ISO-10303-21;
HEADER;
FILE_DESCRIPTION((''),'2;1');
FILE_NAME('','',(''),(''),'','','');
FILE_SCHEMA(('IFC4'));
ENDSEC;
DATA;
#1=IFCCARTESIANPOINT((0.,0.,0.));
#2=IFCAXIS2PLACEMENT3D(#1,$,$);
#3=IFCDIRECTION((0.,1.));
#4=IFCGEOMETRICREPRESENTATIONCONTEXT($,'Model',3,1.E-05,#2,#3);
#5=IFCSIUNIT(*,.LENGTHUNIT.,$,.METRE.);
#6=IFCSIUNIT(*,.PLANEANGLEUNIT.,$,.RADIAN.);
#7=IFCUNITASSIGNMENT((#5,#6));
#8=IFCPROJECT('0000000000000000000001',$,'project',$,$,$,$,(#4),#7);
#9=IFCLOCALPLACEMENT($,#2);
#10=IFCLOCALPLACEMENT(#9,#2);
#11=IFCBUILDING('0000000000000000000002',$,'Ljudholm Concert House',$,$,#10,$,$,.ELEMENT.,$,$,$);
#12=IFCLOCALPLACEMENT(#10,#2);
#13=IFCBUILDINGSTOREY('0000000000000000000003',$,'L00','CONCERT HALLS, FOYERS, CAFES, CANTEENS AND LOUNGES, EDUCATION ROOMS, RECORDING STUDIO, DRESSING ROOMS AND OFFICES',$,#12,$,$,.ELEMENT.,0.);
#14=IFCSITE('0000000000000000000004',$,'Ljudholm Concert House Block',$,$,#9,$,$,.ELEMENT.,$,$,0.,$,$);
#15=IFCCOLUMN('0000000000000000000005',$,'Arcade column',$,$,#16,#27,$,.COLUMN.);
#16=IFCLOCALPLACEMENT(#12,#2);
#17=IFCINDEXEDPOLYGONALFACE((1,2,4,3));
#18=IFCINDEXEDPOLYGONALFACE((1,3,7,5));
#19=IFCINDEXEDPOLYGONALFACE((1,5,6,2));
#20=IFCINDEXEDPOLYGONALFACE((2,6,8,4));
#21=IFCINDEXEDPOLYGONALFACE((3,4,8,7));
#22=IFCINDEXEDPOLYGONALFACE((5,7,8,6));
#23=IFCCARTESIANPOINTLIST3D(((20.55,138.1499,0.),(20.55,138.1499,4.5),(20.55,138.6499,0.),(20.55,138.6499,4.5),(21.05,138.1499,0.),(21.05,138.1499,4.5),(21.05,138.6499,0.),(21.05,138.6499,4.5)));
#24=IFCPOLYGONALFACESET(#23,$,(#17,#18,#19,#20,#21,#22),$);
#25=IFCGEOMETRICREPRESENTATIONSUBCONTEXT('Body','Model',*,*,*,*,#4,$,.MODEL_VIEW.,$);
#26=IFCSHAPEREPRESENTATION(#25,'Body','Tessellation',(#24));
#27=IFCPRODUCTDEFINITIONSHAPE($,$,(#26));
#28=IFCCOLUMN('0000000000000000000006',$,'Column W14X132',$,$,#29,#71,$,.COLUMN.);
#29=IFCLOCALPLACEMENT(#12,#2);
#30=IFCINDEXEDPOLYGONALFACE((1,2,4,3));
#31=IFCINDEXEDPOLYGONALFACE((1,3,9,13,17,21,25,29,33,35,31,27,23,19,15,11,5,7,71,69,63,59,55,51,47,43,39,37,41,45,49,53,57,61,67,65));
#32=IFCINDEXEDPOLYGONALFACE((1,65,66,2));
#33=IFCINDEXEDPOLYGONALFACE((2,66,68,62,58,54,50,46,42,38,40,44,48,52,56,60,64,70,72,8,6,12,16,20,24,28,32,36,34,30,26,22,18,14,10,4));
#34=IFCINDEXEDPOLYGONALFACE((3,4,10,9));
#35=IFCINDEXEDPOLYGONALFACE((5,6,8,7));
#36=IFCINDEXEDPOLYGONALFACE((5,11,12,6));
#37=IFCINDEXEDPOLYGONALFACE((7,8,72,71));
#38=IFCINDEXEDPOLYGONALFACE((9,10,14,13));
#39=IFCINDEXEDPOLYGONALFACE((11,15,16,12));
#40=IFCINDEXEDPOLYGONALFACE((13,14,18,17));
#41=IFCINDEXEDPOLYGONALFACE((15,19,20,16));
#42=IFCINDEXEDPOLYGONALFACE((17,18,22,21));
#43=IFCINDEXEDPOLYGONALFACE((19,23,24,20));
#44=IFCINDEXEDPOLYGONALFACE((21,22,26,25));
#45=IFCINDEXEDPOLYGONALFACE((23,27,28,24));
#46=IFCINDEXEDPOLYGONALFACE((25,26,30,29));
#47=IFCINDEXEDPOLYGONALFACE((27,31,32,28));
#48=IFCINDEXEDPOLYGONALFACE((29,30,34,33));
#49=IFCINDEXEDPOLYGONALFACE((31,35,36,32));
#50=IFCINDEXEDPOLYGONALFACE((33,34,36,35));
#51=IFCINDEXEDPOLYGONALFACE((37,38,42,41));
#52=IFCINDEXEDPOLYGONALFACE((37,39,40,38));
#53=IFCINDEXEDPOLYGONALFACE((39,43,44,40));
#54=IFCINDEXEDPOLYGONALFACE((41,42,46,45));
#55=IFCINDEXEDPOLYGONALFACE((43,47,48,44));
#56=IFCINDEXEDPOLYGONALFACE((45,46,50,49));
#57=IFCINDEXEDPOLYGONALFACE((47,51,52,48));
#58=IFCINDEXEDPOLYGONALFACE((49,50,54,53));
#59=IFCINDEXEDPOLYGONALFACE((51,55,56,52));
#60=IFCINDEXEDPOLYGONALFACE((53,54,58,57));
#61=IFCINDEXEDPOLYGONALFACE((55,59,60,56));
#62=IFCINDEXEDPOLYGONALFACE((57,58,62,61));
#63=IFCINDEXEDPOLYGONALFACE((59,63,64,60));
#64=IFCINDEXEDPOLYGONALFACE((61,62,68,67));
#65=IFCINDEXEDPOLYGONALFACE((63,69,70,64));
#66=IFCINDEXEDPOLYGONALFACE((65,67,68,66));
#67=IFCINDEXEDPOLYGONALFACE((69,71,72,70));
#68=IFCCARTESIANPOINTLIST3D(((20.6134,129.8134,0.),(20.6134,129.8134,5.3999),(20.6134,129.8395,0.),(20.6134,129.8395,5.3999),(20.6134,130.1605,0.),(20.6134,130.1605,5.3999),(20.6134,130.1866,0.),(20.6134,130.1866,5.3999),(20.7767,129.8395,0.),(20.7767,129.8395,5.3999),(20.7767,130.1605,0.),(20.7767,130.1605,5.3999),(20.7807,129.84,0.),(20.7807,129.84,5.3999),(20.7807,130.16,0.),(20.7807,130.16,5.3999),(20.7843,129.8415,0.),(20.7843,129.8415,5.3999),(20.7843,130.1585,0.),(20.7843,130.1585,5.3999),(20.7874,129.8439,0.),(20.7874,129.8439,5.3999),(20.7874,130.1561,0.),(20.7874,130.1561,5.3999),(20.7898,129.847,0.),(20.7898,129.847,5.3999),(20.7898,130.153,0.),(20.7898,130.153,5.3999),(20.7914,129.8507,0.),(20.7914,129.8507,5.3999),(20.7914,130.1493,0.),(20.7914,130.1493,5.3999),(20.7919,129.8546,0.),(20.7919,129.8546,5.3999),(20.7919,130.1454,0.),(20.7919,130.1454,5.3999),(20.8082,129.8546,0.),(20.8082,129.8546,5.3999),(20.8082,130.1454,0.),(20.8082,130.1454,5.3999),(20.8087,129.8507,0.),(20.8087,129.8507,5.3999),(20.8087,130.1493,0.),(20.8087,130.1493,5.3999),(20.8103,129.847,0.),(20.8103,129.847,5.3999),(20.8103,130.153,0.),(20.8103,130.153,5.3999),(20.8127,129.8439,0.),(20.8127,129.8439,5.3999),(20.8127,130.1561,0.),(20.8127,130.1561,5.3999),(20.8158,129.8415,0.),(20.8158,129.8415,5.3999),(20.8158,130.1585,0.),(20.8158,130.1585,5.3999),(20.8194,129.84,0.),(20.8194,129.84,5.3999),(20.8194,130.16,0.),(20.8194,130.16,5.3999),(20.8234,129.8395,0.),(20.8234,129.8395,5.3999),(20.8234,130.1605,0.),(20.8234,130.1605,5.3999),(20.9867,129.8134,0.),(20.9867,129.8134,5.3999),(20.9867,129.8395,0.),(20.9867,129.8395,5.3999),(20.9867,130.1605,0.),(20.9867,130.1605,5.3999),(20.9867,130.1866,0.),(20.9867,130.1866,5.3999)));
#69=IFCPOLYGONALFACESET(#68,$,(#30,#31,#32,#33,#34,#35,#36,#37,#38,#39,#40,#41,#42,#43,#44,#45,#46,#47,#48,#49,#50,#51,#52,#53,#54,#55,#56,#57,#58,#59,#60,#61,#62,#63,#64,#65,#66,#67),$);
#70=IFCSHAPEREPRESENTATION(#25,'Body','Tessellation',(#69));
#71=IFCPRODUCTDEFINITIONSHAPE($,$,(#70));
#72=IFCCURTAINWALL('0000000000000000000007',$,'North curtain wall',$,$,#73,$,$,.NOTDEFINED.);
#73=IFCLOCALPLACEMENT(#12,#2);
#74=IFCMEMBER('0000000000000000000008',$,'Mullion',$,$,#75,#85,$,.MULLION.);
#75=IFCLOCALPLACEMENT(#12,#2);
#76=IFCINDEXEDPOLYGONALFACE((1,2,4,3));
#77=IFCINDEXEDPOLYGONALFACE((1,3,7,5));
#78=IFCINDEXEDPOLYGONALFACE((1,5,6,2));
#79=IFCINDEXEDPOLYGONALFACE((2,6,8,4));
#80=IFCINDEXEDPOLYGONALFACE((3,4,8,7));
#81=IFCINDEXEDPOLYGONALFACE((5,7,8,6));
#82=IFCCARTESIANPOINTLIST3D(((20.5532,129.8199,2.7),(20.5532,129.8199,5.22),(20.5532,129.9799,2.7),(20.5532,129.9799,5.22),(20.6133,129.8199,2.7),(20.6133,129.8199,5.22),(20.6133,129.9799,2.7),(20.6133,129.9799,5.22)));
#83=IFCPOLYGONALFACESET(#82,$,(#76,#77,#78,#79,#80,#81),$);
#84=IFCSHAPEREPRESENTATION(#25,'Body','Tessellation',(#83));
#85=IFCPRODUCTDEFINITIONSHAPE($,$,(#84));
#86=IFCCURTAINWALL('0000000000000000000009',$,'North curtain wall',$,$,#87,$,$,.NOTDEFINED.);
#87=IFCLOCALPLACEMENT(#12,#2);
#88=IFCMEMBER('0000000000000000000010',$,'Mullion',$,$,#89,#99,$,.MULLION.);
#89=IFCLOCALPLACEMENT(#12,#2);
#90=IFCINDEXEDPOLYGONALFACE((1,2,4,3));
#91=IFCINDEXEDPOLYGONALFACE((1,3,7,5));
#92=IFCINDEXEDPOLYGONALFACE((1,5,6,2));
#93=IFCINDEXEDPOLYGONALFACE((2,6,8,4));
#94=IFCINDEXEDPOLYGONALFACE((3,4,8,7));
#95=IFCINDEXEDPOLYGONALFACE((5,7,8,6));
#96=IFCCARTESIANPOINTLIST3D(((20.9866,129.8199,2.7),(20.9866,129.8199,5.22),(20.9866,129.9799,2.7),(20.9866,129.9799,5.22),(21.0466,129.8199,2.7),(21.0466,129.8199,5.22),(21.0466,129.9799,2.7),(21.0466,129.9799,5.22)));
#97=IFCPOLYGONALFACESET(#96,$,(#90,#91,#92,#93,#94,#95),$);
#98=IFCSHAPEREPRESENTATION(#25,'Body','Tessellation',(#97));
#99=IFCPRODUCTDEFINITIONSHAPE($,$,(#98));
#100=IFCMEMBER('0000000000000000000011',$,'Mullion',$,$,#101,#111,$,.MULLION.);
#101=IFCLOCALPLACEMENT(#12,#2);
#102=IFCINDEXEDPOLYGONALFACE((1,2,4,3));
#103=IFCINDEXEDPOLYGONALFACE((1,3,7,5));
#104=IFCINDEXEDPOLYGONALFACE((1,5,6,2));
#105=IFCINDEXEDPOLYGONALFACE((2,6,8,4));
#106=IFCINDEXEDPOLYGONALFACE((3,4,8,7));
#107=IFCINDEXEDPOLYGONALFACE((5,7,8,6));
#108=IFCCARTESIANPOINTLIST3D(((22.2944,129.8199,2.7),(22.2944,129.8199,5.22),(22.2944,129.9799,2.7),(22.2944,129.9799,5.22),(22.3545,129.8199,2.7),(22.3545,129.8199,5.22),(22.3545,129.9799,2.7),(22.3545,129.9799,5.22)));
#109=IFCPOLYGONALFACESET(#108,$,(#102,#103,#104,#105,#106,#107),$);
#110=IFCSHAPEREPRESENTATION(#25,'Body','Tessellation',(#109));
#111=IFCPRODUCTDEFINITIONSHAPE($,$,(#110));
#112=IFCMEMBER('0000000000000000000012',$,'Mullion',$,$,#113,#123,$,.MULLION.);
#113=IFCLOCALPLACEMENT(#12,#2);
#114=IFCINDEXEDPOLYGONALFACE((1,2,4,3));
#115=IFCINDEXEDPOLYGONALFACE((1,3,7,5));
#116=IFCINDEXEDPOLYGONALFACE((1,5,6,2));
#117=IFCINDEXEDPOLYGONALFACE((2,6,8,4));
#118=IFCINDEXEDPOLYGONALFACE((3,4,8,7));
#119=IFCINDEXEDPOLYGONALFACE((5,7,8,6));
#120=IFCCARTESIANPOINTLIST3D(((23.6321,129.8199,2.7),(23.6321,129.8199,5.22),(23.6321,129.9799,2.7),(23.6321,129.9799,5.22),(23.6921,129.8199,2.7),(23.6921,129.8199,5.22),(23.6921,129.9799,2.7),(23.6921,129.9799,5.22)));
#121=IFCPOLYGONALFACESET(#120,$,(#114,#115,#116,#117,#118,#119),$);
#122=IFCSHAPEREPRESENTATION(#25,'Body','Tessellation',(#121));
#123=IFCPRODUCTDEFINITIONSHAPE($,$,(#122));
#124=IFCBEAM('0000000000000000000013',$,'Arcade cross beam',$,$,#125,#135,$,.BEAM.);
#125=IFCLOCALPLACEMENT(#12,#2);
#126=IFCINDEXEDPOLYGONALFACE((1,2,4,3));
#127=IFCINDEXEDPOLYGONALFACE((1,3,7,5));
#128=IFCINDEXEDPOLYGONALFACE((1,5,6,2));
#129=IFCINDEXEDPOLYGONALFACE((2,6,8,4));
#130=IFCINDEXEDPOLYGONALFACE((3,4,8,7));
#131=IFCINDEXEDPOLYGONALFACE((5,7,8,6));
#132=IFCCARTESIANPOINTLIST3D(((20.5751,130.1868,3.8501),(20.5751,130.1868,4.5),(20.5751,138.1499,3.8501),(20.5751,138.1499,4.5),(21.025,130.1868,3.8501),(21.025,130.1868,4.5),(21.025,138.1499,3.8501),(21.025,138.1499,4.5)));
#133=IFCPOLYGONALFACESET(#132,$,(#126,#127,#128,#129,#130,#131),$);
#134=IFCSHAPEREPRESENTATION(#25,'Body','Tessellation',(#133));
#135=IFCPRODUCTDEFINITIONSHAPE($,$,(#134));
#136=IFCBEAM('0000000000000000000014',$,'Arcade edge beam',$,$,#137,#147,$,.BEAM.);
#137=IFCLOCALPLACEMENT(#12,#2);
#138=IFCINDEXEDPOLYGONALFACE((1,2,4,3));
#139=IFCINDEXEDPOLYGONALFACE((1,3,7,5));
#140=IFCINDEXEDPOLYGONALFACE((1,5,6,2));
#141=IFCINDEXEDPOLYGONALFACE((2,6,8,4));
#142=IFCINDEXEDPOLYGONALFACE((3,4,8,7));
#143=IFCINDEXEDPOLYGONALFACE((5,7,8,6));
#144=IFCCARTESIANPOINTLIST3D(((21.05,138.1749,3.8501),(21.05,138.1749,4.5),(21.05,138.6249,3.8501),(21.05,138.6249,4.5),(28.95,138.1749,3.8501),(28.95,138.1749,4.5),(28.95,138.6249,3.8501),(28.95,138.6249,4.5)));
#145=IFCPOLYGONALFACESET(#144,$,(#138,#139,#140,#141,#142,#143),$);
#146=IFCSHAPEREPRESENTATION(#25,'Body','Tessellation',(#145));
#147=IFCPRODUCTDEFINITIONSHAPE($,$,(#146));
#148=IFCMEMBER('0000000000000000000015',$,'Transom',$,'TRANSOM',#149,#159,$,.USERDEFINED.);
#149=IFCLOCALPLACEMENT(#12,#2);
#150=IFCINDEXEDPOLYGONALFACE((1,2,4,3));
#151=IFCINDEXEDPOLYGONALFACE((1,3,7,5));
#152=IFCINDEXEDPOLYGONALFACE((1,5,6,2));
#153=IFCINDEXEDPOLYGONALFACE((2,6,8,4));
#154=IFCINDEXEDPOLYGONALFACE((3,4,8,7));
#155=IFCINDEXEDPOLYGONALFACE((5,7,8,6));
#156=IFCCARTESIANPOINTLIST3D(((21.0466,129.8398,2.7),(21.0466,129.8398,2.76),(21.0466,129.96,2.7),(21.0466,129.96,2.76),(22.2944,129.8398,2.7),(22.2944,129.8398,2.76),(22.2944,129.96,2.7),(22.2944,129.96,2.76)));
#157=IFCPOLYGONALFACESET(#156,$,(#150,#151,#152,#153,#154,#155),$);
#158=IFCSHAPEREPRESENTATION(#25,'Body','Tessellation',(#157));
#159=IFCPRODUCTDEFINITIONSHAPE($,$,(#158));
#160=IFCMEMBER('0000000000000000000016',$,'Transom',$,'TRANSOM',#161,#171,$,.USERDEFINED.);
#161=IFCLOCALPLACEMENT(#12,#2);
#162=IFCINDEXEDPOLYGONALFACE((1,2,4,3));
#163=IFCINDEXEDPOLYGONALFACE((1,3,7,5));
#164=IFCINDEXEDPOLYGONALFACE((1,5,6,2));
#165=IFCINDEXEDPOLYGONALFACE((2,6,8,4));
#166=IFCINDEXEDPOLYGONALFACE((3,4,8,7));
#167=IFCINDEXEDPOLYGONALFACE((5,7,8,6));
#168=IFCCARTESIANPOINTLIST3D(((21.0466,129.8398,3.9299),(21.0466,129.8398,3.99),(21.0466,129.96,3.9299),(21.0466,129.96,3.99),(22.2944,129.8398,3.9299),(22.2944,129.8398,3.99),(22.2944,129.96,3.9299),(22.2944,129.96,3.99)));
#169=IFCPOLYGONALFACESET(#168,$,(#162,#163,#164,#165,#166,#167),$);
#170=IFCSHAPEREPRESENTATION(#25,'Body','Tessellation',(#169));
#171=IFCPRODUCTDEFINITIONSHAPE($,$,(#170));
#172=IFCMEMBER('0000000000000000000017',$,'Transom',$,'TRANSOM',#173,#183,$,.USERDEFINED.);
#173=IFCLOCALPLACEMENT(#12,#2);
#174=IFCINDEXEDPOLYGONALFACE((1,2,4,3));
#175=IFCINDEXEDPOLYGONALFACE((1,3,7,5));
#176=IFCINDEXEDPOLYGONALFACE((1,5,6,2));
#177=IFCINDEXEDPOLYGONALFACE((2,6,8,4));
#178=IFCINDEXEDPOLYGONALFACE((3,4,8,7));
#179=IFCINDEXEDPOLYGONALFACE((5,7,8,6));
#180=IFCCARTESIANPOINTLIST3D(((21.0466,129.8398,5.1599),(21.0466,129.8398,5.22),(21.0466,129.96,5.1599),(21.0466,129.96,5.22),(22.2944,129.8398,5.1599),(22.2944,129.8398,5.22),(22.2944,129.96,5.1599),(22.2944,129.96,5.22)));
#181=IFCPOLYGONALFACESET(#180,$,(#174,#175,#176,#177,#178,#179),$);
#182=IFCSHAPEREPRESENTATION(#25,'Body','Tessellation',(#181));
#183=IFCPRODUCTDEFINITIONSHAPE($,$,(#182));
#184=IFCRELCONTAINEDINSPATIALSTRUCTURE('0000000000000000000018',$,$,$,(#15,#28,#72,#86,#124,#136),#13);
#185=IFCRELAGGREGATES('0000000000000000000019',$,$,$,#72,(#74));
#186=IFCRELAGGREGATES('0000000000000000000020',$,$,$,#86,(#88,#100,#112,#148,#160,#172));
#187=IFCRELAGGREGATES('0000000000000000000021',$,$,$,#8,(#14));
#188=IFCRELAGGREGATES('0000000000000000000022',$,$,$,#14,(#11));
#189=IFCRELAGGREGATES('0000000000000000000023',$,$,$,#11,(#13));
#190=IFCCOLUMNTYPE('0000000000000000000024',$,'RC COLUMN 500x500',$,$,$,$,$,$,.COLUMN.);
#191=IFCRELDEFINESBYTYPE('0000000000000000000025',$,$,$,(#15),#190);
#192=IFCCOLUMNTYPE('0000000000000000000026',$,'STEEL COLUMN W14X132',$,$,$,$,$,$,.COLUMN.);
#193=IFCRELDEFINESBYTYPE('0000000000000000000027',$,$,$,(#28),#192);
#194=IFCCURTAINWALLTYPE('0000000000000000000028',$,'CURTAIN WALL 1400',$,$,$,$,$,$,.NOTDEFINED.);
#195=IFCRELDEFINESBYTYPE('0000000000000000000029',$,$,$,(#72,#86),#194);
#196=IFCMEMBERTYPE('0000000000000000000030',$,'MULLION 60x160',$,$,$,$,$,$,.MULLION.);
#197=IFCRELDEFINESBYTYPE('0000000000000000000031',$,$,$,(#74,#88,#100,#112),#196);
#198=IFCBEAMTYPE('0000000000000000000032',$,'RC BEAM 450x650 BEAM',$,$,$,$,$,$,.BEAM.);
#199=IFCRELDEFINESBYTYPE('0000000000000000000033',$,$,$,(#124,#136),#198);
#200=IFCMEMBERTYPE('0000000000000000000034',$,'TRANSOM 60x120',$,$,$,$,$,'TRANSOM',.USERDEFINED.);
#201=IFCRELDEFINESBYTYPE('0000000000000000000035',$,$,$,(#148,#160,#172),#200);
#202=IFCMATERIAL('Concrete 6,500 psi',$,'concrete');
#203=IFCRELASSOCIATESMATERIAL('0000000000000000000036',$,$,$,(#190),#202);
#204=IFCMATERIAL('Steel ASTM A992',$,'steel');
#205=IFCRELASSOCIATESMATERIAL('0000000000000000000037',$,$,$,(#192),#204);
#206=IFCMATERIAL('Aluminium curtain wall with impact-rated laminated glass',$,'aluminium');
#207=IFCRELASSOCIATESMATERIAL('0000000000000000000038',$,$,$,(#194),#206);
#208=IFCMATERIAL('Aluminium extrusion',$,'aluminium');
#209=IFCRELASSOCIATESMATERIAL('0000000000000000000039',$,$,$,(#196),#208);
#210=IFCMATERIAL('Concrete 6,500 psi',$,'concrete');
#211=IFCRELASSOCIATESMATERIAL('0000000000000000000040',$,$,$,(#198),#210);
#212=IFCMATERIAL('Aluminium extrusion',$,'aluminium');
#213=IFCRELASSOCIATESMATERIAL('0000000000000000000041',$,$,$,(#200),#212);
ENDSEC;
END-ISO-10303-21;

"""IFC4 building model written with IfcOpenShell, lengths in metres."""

from ifc_helpers import new_model, si_unit, direction, frame, origin, origin_2d, place, context, subcontext, project, spatial, rectangle, i_section, extrude, material, material_profile, profile_set, type_object, element, aggregate, save


model = new_model("IFC4")

# Units and contexts
model_context = context("Model", 3, precision=1e-05, world=origin(), true_north=direction((0.0, 1.0)))
body_context = subcontext(model_context, "Body", "Model", "MODEL_VIEW")
ifc_project = project(units=[si_unit("LENGTHUNIT", "METRE"), si_unit("PLANEANGLEUNIT", "RADIAN")], contexts=[model_context])

# Site, building, storey
site_placement = place(None, origin())
site = spatial("IfcSite", under=ifc_project, at=site_placement, Name="Ljudholm Concert House Block", CompositionType="ELEMENT", RefElevation=0.0)
building_placement = place(site_placement, origin())
building = spatial("IfcBuilding", under=site, at=building_placement, Name="Ljudholm Concert House", CompositionType="ELEMENT")
storey_placement = place(building_placement, origin())
storey = spatial("IfcBuildingStorey", under=building, at=storey_placement, Name="L00", Description="CONCERT HALLS, FOYERS, CAFES, CANTEENS AND LOUNGES, EDUCATION ROOMS, RECORDING STUDIO, DRESSING ROOMS AND OFFICES", CompositionType="ELEMENT", Elevation=0.0)

# Columns
ifc_material_1 = material(Name="Concrete 6,500 psi", Category="concrete")
ifc_material_profile_1 = material_profile(ifc_material_1, rectangle(XDim=0.5, YDim=0.5, at=origin_2d()), Name="RC COLUMN 500x500")
ifc_profile_set_1 = profile_set([ifc_material_profile_1], Name="Concrete 6,500 psi")
column_type_1 = type_object("IfcColumnType", Name="RC COLUMN 500x500", PredefinedType="COLUMN", material=ifc_profile_set_1)
column_1_placement = place(storey_placement, frame((20.8, 138.3999, 0.0), z_axis=(0.0, 0.0, 1.0), x_axis=(1.0, 0.0, 0.0)))
element("IfcColumn", 1, at=column_1_placement, inside=storey, type_object=column_type_1, Name="Arcade column", PredefinedType="COLUMN", context=body_context, shape_type="SweptSolid", body=[
    extrude(rectangle(XDim=0.5, YDim=0.5, at=origin_2d()), origin(), (0.0, 0.0, 1.0), 4.5),
])
ifc_material_2 = material(Name="Steel ASTM A992", Category="steel")
ifc_material_profile_2 = material_profile(ifc_material_2, i_section(OverallWidth=0.3733, OverallDepth=0.3733, WebThickness=0.0164, FlangeThickness=0.0261, FilletRadius=0.0151, at=origin_2d()), Name="W14X132")
ifc_profile_set_2 = profile_set([ifc_material_profile_2], Name="Steel ASTM A992")
column_type_2 = type_object("IfcColumnType", Name="STEEL COLUMN W14X132", PredefinedType="COLUMN", material=ifc_profile_set_2)
column_2_placement = place(storey_placement, frame((20.8, 130.0, 0.0), z_axis=(0.0, 0.0, 1.0), x_axis=(1.0, 0.0, 0.0)))
element("IfcColumn", 2, at=column_2_placement, inside=storey, type_object=column_type_2, Name="Column W14X132", PredefinedType="COLUMN", context=body_context, shape_type="SweptSolid", body=[
    extrude(i_section(OverallWidth=0.3733, OverallDepth=0.3733, WebThickness=0.0164, FlangeThickness=0.0261, FilletRadius=0.0151, at=origin_2d()), origin(), (0.0, 0.0, 1.0), 5.3999),
])

# Curtain wall, member
ifc_material_3 = material(Name="Aluminium curtain wall with impact-rated laminated glass", Category="aluminium")
curtain_wall_type = type_object("IfcCurtainWallType", Name="CURTAIN WALL 1400", PredefinedType="NOTDEFINED", material=ifc_material_3)
curtain_wall_1_placement = place(storey_placement, origin())
curtain_wall_1 = element("IfcCurtainWall", 3, at=curtain_wall_1_placement, inside=storey, type_object=curtain_wall_type, Name="North curtain wall", PredefinedType="NOTDEFINED")
ifc_material_4 = material(Name="Aluminium extrusion", Category="aluminium")
ifc_material_profile_3 = material_profile(ifc_material_4, rectangle(XDim=0.1599, YDim=0.0601, at=origin_2d()), Name="MULLION 60x160")
ifc_profile_set_3 = profile_set([ifc_material_profile_3], Name="Aluminium extrusion")
member_type_1 = type_object("IfcMemberType", Name="MULLION 60x160", PredefinedType="MULLION", material=ifc_profile_set_3)
member_1_placement = place(storey_placement, frame((20.5833, 129.8999, 2.7), z_axis=(0.0, 0.0, 1.0), x_axis=(0.0, 1.0, 0.0)))
member_1 = element("IfcMember", 4, at=member_1_placement, type_object=member_type_1, Name="Mullion", PredefinedType="MULLION", context=body_context, shape_type="SweptSolid", body=[
    extrude(rectangle(XDim=0.1599, YDim=0.0601, at=origin_2d()), origin(), (0.0, 0.0, 1.0), 2.52),
])

# Curtain wall, members
curtain_wall_2_placement = place(storey_placement, origin())
curtain_wall_2 = element("IfcCurtainWall", 5, at=curtain_wall_2_placement, inside=storey, type_object=curtain_wall_type, Name="North curtain wall", PredefinedType="NOTDEFINED")
member_2_placement = place(storey_placement, frame((21.0166, 129.8999, 2.7), z_axis=(0.0, 0.0, 1.0), x_axis=(0.0, 1.0, 0.0)))
member_2 = element("IfcMember", 6, at=member_2_placement, type_object=member_type_1, Name="Mullion", PredefinedType="MULLION", context=body_context, shape_type="SweptSolid", body=[
    extrude(rectangle(XDim=0.1599, YDim=0.0601, at=origin_2d()), origin(), (0.0, 0.0, 1.0), 2.52),
])
member_3_placement = place(storey_placement, frame((22.3245, 129.8999, 2.7), z_axis=(0.0, 0.0, 1.0), x_axis=(0.0, 1.0, 0.0)))
member_3 = element("IfcMember", 7, at=member_3_placement, type_object=member_type_1, Name="Mullion", PredefinedType="MULLION", context=body_context, shape_type="SweptSolid", body=[
    extrude(rectangle(XDim=0.1599, YDim=0.0601, at=origin_2d()), origin(), (0.0, 0.0, 1.0), 2.52),
])
member_4_placement = place(storey_placement, frame((23.6621, 129.8999, 2.7), z_axis=(0.0, 0.0, 1.0), x_axis=(0.0, 1.0, 0.0)))
member_4 = element("IfcMember", 8, at=member_4_placement, type_object=member_type_1, Name="Mullion", PredefinedType="MULLION", context=body_context, shape_type="SweptSolid", body=[
    extrude(rectangle(XDim=0.1599, YDim=0.0601, at=origin_2d()), origin(), (0.0, 0.0, 1.0), 2.52),
])

# Beams
ifc_material_5 = material(Name="Concrete 6,500 psi", Category="concrete")
ifc_material_profile_4 = material_profile(ifc_material_5, rectangle(XDim=0.45, YDim=0.6499, at=origin_2d()), Name="RC BEAM 450x650 BEAM")
ifc_profile_set_4 = profile_set([ifc_material_profile_4], Name="Concrete 6,500 psi")
beam_type = type_object("IfcBeamType", Name="RC BEAM 450x650 BEAM", PredefinedType="BEAM", material=ifc_profile_set_4)
beam_1_placement = place(storey_placement, frame((20.8, 138.1499, 4.175), z_axis=(0.0, -1.0, 0.0), x_axis=(1.0, 0.0, 0.0)))
element("IfcBeam", 9, at=beam_1_placement, inside=storey, type_object=beam_type, Name="Arcade cross beam", PredefinedType="BEAM", context=body_context, shape_type="SweptSolid", body=[
    extrude(rectangle(XDim=0.45, YDim=0.6499, at=origin_2d()), origin(), (0.0, 0.0, 1.0), 7.9631),
])
beam_2_placement = place(storey_placement, frame((21.05, 138.3999, 4.175), z_axis=(1.0, 0.0, 0.0), x_axis=(0.0, 1.0, 0.0)))
element("IfcBeam", 10, at=beam_2_placement, inside=storey, type_object=beam_type, Name="Arcade edge beam", PredefinedType="BEAM", context=body_context, shape_type="SweptSolid", body=[
    extrude(rectangle(XDim=0.45, YDim=0.6499, at=origin_2d()), origin(), (0.0, 0.0, 1.0), 7.8999),
])

# Members
ifc_material_6 = material(Name="Aluminium extrusion", Category="aluminium")
ifc_material_profile_5 = material_profile(ifc_material_6, rectangle(XDim=0.1201, YDim=0.0601, at=origin_2d()), Name="TRANSOM 60x120")
ifc_profile_set_5 = profile_set([ifc_material_profile_5], Name="Aluminium extrusion")
member_type_2 = type_object("IfcMemberType", Name="TRANSOM 60x120", ElementType="TRANSOM", PredefinedType="USERDEFINED", material=ifc_profile_set_5)
member_5_placement = place(storey_placement, frame((21.0466, 129.8999, 2.73), z_axis=(1.0, 0.0, 0.0), x_axis=(0.0, 1.0, 0.0)))
member_5 = element("IfcMember", 11, at=member_5_placement, type_object=member_type_2, Name="Transom", ObjectType="TRANSOM", PredefinedType="USERDEFINED", context=body_context, shape_type="SweptSolid", body=[
    extrude(rectangle(XDim=0.1201, YDim=0.0601, at=origin_2d()), origin(), (0.0, 0.0, 1.0), 1.2478),
])
member_6_placement = place(storey_placement, frame((21.0466, 129.8999, 3.96), z_axis=(1.0, 0.0, 0.0), x_axis=(0.0, 1.0, 0.0)))
member_6 = element("IfcMember", 12, at=member_6_placement, type_object=member_type_2, Name="Transom", ObjectType="TRANSOM", PredefinedType="USERDEFINED", context=body_context, shape_type="SweptSolid", body=[
    extrude(rectangle(XDim=0.1201, YDim=0.0601, at=origin_2d()), origin(), (0.0, 0.0, 1.0), 1.2478),
])
member_7_placement = place(storey_placement, frame((21.0466, 129.8999, 5.1899), z_axis=(1.0, 0.0, 0.0), x_axis=(0.0, 1.0, 0.0)))
member_7 = element("IfcMember", 13, at=member_7_placement, type_object=member_type_2, Name="Transom", ObjectType="TRANSOM", PredefinedType="USERDEFINED", context=body_context, shape_type="SweptSolid", body=[
    extrude(rectangle(XDim=0.1201, YDim=0.0601, at=origin_2d()), origin(), (0.0, 0.0, 1.0), 1.2478),
])

aggregate(curtain_wall_1, [member_1])
aggregate(curtain_wall_2, [member_2, member_3, member_4, member_5, member_6, member_7])

save(model, "model.ifc")
